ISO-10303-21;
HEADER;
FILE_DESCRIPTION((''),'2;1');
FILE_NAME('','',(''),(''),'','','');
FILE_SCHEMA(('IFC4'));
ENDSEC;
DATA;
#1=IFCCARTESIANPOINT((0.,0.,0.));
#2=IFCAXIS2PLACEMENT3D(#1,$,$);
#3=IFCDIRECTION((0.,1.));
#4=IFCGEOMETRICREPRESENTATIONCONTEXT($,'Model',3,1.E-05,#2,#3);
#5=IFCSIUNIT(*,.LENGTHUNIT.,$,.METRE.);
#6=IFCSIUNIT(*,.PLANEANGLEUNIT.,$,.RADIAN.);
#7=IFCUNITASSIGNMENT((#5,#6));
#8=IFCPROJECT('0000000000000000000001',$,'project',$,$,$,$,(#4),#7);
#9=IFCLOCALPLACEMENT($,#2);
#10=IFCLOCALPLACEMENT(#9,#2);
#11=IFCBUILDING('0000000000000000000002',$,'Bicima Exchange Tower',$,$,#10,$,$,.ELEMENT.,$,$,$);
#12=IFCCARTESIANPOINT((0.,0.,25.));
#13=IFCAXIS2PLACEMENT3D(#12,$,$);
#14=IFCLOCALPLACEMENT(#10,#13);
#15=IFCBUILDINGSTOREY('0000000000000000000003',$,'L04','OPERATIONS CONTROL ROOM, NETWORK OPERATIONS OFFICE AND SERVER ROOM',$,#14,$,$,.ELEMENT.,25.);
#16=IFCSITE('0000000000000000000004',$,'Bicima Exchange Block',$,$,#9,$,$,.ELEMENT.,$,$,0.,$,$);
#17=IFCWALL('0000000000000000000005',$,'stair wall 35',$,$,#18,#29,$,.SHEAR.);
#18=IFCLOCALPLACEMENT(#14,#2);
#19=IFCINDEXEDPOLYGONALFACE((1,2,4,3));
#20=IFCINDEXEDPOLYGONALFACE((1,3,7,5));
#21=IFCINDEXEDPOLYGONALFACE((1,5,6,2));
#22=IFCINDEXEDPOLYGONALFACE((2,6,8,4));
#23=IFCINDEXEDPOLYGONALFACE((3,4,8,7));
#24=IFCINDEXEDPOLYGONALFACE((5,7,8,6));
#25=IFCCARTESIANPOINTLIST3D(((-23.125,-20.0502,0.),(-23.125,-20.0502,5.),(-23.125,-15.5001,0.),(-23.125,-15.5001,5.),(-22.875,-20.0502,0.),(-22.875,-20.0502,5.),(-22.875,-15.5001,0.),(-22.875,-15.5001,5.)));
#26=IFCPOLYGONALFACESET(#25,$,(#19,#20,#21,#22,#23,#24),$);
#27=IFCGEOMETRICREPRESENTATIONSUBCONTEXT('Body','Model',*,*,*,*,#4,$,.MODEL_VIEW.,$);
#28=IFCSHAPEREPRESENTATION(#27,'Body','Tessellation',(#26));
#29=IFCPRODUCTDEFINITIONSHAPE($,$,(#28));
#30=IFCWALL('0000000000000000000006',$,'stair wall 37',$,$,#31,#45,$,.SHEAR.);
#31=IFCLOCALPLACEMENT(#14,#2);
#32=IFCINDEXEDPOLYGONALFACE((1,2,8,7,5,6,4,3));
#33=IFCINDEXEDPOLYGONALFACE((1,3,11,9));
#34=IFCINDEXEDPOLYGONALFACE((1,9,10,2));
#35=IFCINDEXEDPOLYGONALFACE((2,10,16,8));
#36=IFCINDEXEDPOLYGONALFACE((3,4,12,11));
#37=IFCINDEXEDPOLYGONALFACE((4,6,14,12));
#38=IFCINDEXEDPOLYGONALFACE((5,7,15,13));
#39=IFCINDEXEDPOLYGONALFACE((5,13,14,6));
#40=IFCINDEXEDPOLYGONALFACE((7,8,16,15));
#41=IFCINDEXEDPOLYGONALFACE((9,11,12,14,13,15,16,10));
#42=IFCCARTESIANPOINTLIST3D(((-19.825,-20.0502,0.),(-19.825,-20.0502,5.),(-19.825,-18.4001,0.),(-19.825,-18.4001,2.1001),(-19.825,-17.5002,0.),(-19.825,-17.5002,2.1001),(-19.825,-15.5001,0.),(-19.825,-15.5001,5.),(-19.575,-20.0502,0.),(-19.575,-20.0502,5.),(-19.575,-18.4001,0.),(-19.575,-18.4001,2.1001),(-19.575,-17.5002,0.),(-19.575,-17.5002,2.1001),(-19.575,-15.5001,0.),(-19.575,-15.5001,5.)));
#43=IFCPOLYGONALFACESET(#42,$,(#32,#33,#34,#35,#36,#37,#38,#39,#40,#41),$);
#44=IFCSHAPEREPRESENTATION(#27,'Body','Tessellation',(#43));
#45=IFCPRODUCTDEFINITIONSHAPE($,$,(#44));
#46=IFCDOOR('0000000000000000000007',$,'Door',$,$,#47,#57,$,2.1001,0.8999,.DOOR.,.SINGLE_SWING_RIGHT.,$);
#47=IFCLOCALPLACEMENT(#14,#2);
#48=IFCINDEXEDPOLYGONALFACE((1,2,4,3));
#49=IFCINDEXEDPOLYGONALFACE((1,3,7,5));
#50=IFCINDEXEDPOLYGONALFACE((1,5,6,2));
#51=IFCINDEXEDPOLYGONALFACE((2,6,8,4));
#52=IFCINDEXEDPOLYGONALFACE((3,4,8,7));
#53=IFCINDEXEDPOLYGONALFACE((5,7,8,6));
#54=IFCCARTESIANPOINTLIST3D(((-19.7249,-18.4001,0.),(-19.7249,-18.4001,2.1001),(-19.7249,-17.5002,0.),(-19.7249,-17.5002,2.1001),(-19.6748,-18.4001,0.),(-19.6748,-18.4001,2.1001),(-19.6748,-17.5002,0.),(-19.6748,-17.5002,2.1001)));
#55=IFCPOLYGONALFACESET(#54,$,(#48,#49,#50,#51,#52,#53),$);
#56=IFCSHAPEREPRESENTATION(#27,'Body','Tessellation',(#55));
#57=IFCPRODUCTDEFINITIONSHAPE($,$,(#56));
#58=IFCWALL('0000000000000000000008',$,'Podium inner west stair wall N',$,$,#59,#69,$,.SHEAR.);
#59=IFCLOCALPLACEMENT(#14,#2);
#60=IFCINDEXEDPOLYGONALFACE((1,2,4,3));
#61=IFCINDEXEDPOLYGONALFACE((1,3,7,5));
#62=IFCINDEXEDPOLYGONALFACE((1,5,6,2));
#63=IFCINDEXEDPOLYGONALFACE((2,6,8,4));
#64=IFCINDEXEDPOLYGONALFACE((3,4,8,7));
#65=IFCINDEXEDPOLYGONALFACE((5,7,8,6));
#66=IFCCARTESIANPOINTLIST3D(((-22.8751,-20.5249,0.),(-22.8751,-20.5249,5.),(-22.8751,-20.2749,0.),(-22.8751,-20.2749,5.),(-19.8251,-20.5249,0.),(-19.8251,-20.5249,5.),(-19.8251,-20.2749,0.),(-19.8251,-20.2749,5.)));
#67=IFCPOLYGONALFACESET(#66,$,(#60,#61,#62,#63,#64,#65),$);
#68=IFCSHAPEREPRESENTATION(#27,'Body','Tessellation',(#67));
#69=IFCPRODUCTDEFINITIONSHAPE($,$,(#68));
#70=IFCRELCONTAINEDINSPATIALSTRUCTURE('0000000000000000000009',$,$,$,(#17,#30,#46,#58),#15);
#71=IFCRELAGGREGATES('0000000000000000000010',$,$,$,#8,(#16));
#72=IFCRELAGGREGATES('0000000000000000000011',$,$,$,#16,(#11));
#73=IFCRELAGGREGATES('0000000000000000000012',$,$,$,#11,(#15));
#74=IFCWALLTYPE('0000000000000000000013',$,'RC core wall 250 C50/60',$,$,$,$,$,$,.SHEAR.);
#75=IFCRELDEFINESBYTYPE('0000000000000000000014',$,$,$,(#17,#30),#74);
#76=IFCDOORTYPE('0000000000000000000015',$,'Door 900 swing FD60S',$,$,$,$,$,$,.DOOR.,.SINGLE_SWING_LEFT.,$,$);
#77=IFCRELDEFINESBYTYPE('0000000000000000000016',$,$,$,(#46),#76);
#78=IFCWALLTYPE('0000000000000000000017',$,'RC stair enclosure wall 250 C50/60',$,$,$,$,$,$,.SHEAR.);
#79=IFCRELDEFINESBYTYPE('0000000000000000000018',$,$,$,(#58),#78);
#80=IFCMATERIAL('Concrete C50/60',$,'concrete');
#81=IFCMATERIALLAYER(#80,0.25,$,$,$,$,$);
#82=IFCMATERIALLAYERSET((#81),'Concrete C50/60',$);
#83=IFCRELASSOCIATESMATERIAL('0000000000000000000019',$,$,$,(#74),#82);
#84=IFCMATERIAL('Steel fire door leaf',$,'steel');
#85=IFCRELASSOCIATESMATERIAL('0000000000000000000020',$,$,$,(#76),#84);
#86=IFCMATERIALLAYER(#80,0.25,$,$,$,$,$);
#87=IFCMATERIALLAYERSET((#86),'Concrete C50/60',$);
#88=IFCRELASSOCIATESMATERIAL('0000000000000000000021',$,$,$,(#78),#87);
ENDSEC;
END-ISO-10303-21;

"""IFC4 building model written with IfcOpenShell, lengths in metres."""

from ifc_helpers import new_model, si_unit, direction, frame, frame_2d, origin, place, context, subcontext, project, spatial, rectangle, extrude, material, layer, layer_set, type_object, element, fill, save


model = new_model("IFC4")

# Units and contexts
model_context = context("Model", 3, precision=1e-05, world=origin(), true_north=direction((0.0, 1.0)))
body_context = subcontext(model_context, "Body", "Model", "MODEL_VIEW")
ifc_project = project(units=[si_unit("LENGTHUNIT", "METRE"), si_unit("PLANEANGLEUNIT", "RADIAN")], contexts=[model_context])

# Site, building, storey
site_placement = place(None, origin())
site = spatial("IfcSite", under=ifc_project, at=site_placement, Name="Bicima Exchange Block", CompositionType="ELEMENT", RefElevation=0.0)
building_placement = place(site_placement, origin())
building = spatial("IfcBuilding", under=site, at=building_placement, Name="Bicima Exchange Tower", CompositionType="ELEMENT")
storey_placement = place(building_placement, frame((0.0, 0.0, 25.0)))
storey = spatial("IfcBuildingStorey", under=building, at=storey_placement, Name="L04", Description="OPERATIONS CONTROL ROOM, NETWORK OPERATIONS OFFICE AND SERVER ROOM", CompositionType="ELEMENT", Elevation=25.0)

# Shared definitions
ifc_material_1 = material(Name="Steel fire door leaf", Category="steel")

# Wall
ifc_material_2 = material(Name="Concrete C50/60", Category="concrete")
ifc_layer_1 = layer(ifc_material_2, 0.25)
ifc_layer_set_1 = layer_set([ifc_layer_1], Name="Concrete C50/60")
wall_type_1 = type_object("IfcWallType", Name="RC core wall 250 C50/60", PredefinedType="SHEAR", material=ifc_layer_set_1)
wall_1_placement = place(storey_placement, frame((-23.0, -20.05, 0.0), z_axis=(0.0, 0.0, 1.0), x_axis=(0.0, 1.0, 0.0)))
element("IfcWall", 1, at=wall_1_placement, inside=storey, type_object=wall_type_1, Name="stair wall 35", PredefinedType="SHEAR", context=body_context, shape_type="SweptSolid", body=[
    extrude(rectangle(XDim=4.55, YDim=0.25, at=frame_2d((2.2749, 0.0))), origin(), (0.0, 0.0, 1.0), 5.0),
])

# Wall, opening, door
wall_2_placement = place(storey_placement, frame((-19.7, -20.05, 0.0), z_axis=(0.0, 0.0, 1.0), x_axis=(0.0, 1.0, 0.0)))
wall_2 = element("IfcWall", 2, at=wall_2_placement, inside=storey, type_object=wall_type_1, Name="stair wall 37", PredefinedType="SHEAR", context=body_context, shape_type="SweptSolid", body=[
    extrude(rectangle(XDim=4.55, YDim=0.25, at=frame_2d((2.2749, 0.0))), origin(), (0.0, 0.0, 1.0), 5.0),
])
opening_1_placement = place(wall_2_placement, frame((1.6499, 0.0, 0.0)))
opening_1 = element("IfcOpeningElement", 3, at=opening_1_placement, cuts=wall_2, PredefinedType="OPENING", context=body_context, shape_type="SweptSolid", body=[
    extrude(rectangle(XDim=0.8999, YDim=2.1001, at=frame_2d((0.45, 1.05))), frame((0.0, 0.137, 0.0), z_axis=(0.0, -1.0, 0.0), x_axis=(1.0, 0.0, 0.0)), (0.0, 0.0, 1.0), 0.2739),
])
door_type_1 = type_object("IfcDoorType", Name="Door 900 swing FD60S", OperationType="SINGLE_SWING_LEFT", PredefinedType="DOOR", material=ifc_material_1)
door_1_placement = place(opening_1_placement, origin())
door_1 = element("IfcDoor", 4, at=door_1_placement, inside=storey, type_object=door_type_1, Name="Door", OperationType="SINGLE_SWING_RIGHT", OverallHeight=2.1001, OverallWidth=0.8999, PredefinedType="DOOR", context=body_context, shape_type="SweptSolid", body=[
    extrude(rectangle(XDim=0.8999, YDim=2.1001, at=frame_2d((0.45, 1.05))), frame((0.0, 0.0249, 0.0), z_axis=(0.0, -1.0, 0.0), x_axis=(1.0, 0.0, 0.0)), (0.0, 0.0, 1.0), 0.05),
])
fill(opening_1, door_1)

# Wall
ifc_layer_2 = layer(ifc_material_2, 0.25)
ifc_layer_set_2 = layer_set([ifc_layer_2], Name="Concrete C50/60")
wall_type_2 = type_object("IfcWallType", Name="RC stair enclosure wall 250 C50/60", PredefinedType="SHEAR", material=ifc_layer_set_2)
wall_3_placement = place(storey_placement, frame((-22.875, -20.3999, 0.0), z_axis=(0.0, 0.0, 1.0), x_axis=(1.0, 0.0, 0.0)))
element("IfcWall", 5, at=wall_3_placement, inside=storey, type_object=wall_type_2, Name="Podium inner west stair wall N", PredefinedType="SHEAR", context=body_context, shape_type="SweptSolid", body=[
    extrude(rectangle(XDim=3.05, YDim=0.25, at=frame_2d((1.5249, 0.0))), origin(), (0.0, 0.0, 1.0), 5.0),
])

save(model, "model.ifc")
